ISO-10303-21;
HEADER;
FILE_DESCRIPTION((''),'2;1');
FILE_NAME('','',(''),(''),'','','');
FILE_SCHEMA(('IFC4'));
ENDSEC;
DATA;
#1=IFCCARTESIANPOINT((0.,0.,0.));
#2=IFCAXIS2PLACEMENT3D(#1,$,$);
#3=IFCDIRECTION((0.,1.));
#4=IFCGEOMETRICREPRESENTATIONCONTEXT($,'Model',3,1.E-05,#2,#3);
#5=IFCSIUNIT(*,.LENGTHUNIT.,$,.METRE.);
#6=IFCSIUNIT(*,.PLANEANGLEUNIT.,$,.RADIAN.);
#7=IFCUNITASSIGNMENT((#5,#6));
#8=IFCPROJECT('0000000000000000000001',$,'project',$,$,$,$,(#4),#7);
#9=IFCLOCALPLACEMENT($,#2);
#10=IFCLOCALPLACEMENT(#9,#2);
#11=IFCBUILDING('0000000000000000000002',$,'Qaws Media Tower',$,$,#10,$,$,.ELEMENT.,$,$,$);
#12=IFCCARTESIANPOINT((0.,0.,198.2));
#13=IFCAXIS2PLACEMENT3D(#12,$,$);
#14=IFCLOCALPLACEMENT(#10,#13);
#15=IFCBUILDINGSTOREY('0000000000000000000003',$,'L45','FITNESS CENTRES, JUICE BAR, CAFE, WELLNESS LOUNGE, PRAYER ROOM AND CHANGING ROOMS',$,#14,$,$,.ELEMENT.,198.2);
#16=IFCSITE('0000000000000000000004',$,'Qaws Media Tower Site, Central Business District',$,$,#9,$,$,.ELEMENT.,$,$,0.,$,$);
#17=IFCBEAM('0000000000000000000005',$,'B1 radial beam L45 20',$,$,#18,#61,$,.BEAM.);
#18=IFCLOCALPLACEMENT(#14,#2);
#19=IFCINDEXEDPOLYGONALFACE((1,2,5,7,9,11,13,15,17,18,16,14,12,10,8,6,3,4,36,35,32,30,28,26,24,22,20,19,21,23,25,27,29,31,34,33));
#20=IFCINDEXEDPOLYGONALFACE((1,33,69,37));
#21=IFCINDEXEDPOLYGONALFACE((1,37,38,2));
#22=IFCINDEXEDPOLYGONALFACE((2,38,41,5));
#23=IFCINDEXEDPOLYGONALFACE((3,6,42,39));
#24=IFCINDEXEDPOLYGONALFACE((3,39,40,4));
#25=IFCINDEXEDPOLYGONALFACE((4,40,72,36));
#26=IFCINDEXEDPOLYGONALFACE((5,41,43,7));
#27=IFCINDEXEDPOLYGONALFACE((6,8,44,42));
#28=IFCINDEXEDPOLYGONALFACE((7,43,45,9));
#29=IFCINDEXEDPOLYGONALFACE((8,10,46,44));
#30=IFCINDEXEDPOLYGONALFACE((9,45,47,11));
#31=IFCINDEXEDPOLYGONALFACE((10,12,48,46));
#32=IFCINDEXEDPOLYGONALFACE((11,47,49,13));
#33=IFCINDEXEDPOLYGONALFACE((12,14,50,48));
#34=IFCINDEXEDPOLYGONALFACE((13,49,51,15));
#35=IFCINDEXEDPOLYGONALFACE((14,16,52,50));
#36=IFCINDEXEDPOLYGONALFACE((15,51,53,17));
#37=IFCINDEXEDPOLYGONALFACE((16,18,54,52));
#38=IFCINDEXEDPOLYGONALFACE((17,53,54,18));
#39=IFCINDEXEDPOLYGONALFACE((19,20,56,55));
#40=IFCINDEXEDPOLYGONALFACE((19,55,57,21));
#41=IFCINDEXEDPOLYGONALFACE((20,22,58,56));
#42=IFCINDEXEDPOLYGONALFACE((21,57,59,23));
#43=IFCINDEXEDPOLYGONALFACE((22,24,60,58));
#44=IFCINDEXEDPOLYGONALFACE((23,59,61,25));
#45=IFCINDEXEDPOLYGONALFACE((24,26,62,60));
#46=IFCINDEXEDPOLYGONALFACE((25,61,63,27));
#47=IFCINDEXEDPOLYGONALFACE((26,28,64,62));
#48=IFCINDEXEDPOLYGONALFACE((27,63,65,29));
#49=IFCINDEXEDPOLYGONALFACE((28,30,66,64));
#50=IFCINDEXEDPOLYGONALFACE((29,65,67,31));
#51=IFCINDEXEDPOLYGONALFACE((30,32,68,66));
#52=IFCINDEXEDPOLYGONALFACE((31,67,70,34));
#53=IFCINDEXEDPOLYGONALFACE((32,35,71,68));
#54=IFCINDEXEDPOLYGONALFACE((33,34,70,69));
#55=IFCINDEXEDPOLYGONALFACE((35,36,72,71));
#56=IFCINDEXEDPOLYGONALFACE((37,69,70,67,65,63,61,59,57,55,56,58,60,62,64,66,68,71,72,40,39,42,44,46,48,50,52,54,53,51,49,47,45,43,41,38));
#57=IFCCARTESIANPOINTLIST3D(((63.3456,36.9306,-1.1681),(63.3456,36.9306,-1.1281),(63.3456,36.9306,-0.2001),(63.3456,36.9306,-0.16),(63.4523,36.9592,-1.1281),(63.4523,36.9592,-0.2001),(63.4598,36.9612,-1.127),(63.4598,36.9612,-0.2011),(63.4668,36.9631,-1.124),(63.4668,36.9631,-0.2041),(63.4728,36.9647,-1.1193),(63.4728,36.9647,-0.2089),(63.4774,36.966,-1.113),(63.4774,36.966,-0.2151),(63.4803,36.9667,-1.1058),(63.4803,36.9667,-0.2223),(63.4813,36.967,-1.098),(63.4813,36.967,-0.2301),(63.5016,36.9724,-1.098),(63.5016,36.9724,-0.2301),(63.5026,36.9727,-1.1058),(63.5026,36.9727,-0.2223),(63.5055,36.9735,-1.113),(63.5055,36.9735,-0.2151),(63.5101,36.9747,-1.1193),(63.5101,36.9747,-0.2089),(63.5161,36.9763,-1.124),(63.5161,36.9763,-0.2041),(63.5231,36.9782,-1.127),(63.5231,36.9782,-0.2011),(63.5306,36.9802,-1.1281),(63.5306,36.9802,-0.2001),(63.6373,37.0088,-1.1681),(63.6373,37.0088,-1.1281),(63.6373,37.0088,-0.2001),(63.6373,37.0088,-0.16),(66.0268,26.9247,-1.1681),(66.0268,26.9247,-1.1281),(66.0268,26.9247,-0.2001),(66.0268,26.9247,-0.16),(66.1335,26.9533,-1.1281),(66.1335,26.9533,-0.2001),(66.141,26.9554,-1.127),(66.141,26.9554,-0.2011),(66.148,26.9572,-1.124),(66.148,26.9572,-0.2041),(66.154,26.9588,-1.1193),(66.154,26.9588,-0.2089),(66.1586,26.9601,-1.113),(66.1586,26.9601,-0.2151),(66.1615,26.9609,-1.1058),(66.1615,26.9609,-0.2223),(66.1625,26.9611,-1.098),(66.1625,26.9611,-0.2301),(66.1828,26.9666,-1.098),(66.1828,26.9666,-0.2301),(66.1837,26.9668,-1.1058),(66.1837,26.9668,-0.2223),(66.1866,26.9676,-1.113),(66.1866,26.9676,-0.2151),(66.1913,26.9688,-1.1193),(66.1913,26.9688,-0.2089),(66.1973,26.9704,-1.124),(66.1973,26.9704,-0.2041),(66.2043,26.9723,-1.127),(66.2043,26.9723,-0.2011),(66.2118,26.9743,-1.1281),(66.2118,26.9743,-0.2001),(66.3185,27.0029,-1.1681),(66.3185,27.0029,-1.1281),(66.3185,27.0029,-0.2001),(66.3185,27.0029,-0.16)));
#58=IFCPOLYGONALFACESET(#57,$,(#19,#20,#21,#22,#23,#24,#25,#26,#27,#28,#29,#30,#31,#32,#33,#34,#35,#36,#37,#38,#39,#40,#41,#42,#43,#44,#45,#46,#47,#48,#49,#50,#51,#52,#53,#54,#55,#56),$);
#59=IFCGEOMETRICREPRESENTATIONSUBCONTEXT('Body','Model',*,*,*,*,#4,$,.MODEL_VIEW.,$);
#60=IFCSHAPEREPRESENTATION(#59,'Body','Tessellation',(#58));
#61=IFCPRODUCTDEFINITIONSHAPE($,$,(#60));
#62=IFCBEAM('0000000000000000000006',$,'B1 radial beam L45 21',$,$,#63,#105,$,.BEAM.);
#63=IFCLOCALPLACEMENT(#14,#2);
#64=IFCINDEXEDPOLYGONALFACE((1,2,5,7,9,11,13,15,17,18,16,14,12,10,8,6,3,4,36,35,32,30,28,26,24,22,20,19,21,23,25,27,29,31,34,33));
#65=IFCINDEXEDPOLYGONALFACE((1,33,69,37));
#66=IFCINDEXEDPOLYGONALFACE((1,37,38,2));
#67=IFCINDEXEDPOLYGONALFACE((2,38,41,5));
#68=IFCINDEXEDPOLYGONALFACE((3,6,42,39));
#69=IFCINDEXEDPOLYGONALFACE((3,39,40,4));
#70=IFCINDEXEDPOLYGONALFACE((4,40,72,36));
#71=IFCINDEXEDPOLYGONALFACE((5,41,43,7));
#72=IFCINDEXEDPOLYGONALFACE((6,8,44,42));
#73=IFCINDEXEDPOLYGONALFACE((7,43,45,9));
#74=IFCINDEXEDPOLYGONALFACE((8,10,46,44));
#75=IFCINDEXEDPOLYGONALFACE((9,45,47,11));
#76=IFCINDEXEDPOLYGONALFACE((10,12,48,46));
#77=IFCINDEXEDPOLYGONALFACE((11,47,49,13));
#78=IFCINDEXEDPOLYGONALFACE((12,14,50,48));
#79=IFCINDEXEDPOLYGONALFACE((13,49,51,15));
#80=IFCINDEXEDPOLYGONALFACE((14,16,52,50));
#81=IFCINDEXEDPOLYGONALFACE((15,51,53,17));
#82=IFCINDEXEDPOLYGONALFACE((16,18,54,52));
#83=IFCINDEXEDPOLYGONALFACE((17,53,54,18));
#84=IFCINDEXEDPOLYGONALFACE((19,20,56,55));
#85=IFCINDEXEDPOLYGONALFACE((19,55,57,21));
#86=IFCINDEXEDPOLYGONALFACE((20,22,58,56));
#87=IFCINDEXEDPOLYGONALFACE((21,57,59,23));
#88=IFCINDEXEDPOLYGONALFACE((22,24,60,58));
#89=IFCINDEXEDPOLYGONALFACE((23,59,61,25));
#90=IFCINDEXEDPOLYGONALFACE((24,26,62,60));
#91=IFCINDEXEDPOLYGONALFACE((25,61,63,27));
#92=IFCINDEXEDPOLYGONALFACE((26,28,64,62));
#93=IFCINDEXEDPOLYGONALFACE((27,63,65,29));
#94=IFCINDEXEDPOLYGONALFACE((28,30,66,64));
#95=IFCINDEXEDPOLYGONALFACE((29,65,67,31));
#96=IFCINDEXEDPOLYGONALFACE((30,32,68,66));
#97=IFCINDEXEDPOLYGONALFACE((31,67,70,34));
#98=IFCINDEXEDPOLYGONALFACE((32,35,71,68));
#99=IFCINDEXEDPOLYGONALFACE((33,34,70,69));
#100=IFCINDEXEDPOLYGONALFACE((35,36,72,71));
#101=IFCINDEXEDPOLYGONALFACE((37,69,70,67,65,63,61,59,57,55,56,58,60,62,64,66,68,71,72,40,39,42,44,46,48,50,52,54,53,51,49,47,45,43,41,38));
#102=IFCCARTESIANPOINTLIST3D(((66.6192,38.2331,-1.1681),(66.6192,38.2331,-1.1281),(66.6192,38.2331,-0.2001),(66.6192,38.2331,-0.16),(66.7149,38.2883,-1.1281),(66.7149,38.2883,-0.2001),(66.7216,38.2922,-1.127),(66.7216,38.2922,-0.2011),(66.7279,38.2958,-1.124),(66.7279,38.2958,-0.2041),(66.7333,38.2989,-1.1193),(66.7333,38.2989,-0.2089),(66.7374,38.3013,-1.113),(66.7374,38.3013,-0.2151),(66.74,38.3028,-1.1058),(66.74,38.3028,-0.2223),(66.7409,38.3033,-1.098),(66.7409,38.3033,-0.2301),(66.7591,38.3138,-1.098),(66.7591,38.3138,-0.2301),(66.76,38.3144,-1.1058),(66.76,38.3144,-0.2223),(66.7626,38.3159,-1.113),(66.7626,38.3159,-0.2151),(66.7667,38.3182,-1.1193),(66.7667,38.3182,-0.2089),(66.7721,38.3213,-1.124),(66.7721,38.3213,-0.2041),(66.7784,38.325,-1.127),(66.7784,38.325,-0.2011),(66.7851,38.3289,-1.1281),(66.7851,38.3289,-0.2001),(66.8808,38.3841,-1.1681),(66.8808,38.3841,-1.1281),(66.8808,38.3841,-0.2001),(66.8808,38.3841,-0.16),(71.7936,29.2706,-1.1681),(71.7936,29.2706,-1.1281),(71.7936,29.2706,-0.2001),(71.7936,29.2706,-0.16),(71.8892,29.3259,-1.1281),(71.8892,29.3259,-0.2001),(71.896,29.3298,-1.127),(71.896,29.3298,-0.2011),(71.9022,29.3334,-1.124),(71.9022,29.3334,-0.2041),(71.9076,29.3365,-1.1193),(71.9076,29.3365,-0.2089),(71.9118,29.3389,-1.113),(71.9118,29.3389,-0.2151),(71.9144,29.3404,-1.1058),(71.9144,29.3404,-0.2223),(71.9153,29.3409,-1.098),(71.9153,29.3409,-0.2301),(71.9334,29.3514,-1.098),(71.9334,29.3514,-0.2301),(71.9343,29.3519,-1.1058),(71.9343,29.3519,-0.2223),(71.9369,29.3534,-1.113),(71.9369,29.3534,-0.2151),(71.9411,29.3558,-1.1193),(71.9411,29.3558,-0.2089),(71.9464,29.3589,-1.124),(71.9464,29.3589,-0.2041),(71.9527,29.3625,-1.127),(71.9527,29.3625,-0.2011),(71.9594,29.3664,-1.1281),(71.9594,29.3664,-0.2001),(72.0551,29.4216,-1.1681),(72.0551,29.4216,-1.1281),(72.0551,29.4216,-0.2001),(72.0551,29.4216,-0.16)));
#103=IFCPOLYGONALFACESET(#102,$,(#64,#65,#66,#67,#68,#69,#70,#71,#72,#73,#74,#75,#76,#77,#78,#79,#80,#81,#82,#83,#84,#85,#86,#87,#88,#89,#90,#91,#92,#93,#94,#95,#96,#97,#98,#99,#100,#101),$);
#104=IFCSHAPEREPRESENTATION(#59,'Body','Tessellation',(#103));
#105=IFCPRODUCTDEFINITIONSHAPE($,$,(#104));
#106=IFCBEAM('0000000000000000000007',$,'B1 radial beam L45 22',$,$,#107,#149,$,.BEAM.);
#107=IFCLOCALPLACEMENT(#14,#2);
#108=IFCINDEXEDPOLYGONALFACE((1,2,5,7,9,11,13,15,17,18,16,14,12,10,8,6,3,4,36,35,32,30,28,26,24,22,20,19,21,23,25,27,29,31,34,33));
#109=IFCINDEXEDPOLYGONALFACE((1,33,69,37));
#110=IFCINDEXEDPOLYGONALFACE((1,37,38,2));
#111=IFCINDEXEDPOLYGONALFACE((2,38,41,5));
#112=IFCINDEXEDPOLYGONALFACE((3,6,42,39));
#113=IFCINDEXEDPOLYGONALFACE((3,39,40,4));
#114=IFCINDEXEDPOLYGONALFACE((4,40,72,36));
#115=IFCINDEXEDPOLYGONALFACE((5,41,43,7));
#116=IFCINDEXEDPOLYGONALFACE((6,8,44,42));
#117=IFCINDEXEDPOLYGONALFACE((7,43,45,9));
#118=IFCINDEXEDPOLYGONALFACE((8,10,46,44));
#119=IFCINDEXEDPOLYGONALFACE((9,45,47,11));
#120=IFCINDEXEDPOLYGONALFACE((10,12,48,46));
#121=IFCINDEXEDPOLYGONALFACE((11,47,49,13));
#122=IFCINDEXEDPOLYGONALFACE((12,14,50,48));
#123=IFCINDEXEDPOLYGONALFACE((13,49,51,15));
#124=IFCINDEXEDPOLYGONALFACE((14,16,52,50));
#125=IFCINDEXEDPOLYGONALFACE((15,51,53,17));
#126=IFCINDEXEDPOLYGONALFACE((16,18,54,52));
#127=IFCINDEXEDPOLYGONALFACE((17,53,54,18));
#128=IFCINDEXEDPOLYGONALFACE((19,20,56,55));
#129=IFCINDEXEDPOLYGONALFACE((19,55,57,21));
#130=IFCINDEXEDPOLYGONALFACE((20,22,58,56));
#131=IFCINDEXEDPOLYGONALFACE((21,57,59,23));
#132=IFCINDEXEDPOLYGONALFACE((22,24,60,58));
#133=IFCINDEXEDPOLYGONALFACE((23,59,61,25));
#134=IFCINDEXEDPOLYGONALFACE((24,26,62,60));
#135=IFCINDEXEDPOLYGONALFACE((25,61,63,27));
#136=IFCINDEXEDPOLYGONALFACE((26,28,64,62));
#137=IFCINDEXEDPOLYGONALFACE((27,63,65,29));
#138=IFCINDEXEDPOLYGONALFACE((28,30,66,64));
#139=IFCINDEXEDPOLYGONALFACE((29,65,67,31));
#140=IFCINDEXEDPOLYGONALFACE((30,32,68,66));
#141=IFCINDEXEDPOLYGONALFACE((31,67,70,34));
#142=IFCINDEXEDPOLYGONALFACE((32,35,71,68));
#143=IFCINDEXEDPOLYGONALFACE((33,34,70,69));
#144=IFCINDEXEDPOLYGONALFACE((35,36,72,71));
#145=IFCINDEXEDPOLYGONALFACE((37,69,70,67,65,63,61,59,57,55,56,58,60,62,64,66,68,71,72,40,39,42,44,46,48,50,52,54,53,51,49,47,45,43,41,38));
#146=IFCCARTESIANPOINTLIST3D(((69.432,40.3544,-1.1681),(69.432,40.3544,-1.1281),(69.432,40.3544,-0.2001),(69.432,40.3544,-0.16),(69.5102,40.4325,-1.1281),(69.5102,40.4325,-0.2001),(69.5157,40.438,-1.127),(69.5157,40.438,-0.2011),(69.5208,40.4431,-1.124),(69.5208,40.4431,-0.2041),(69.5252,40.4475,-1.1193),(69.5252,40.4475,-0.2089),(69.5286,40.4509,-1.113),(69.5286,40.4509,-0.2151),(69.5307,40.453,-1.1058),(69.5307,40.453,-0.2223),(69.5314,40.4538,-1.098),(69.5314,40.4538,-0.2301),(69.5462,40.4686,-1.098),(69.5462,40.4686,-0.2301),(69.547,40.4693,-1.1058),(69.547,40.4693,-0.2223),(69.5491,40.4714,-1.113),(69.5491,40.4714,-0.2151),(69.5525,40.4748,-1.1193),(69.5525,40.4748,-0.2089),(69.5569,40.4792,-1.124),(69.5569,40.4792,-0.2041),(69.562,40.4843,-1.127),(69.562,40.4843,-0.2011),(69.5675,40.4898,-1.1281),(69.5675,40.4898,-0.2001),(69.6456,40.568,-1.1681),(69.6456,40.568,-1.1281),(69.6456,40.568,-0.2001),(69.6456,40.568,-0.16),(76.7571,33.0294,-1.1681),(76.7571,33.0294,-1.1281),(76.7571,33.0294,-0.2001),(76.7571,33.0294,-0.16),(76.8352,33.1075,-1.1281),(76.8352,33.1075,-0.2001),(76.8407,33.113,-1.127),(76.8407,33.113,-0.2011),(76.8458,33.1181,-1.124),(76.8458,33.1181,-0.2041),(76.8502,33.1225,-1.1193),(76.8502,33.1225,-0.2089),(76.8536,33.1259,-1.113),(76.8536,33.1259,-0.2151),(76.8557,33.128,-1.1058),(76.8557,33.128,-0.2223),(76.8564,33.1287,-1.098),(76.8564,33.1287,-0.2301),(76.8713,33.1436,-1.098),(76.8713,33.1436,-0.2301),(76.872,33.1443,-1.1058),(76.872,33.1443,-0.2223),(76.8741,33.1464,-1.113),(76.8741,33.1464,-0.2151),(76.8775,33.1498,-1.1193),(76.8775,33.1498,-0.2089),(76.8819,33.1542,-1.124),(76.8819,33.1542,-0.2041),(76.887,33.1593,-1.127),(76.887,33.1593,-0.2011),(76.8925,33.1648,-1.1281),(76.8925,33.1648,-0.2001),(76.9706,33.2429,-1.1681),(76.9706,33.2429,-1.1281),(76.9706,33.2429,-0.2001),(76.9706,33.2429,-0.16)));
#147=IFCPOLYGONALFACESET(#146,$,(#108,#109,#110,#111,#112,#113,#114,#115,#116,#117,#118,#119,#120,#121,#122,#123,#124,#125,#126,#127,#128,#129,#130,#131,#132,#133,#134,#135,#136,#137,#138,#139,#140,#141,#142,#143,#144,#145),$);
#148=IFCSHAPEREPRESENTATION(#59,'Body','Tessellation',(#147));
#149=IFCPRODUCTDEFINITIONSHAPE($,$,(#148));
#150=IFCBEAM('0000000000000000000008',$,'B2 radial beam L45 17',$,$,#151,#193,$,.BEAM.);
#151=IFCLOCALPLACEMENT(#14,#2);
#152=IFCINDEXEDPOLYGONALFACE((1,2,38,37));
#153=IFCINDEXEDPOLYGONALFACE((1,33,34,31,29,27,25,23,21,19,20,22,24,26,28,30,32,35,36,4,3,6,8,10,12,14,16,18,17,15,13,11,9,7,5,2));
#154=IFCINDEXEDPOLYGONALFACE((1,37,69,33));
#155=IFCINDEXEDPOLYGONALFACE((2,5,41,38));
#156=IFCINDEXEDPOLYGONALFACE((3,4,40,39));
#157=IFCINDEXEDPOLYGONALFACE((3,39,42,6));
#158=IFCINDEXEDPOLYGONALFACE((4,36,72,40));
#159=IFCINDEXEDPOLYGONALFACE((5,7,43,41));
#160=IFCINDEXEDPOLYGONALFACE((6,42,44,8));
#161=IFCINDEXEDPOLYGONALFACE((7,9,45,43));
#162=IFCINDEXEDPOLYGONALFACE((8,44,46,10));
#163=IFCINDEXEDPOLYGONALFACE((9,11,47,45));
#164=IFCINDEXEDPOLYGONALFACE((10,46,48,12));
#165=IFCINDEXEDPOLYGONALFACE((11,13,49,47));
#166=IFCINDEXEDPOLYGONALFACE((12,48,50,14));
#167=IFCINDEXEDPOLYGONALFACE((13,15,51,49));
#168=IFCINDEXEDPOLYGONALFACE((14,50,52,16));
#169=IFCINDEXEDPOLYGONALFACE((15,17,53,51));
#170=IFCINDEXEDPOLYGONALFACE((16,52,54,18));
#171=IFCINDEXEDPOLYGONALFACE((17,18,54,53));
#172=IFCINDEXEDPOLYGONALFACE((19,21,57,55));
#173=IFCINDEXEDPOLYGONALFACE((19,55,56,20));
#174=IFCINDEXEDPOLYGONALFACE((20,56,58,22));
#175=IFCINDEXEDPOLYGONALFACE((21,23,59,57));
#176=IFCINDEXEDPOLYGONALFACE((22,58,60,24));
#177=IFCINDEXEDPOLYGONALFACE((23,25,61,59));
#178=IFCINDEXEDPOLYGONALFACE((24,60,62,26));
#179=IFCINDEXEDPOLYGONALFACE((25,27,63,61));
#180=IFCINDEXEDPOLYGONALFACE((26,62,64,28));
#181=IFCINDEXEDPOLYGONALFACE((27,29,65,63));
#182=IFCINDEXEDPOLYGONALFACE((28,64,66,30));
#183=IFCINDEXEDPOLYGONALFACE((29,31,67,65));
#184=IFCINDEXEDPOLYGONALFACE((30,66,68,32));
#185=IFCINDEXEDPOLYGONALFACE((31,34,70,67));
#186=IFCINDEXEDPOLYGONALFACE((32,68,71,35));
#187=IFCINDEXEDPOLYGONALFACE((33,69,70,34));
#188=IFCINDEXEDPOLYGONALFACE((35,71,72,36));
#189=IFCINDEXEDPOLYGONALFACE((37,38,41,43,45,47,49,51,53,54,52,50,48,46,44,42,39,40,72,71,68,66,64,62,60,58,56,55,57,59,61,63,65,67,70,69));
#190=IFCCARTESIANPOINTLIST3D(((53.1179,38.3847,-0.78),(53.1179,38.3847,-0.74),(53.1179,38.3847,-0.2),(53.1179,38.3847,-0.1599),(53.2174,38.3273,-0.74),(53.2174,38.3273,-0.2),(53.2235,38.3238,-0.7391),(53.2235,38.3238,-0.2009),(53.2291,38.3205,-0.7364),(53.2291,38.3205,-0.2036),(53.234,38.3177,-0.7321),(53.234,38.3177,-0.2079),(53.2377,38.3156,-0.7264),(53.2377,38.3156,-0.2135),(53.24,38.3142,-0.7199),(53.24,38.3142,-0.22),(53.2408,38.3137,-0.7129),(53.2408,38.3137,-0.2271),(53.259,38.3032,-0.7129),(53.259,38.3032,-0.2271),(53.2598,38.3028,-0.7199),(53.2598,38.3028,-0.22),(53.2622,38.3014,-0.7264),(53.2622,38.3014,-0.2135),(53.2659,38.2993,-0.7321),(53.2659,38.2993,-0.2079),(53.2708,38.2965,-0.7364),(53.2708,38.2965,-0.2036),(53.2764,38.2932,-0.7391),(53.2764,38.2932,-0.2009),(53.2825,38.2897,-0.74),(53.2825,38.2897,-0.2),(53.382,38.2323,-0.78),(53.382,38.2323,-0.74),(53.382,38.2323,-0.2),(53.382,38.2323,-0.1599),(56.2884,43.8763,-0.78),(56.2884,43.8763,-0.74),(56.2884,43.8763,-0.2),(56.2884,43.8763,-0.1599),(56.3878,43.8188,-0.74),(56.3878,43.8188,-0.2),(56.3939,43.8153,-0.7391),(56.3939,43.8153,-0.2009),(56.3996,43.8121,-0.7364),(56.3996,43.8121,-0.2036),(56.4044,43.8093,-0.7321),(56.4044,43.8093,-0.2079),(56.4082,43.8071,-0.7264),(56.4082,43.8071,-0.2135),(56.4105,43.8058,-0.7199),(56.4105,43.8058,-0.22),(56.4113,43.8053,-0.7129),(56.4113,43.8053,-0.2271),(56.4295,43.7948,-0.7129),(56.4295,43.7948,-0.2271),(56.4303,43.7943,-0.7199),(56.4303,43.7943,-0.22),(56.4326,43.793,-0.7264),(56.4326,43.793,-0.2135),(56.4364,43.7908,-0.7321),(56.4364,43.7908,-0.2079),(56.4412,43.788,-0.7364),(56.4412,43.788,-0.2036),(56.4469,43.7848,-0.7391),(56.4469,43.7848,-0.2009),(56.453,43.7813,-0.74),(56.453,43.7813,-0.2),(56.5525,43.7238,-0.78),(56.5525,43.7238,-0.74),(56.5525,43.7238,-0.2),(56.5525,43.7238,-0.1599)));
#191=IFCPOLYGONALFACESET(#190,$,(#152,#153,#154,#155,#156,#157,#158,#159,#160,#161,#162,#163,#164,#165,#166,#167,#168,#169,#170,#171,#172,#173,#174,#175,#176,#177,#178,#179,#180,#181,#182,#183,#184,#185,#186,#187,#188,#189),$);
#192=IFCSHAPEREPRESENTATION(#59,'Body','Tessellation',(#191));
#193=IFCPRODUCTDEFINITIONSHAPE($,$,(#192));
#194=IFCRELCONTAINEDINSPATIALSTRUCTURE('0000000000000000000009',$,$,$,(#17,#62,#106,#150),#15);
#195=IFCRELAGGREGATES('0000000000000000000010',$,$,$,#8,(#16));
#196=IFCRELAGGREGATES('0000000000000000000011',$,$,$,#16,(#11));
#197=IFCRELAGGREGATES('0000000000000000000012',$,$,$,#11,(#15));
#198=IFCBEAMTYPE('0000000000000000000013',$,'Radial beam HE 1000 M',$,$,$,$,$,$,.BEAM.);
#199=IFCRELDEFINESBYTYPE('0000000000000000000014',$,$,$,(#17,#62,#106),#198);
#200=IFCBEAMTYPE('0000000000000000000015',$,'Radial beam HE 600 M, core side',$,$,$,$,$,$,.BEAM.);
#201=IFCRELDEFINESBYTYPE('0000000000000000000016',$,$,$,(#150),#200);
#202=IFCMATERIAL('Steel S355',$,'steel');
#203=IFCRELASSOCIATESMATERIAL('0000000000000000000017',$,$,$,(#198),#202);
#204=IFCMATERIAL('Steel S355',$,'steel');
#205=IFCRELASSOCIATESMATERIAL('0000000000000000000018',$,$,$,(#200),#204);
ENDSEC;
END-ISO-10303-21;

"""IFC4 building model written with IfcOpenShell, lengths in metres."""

from ifc_helpers import new_model, si_unit, direction, frame, origin, origin_2d, place, context, subcontext, project, spatial, i_section, extrude, material, material_profile, profile_set, type_object, element, save


model = new_model("IFC4")

# Units and contexts
model_context = context("Model", 3, precision=1e-05, world=origin(), true_north=direction((0.0, 1.0)))
body_context = subcontext(model_context, "Body", "Model", "MODEL_VIEW")
ifc_project = project(units=[si_unit("LENGTHUNIT", "METRE"), si_unit("PLANEANGLEUNIT", "RADIAN")], contexts=[model_context])

# Site, building, storey
site_placement = place(None, origin())
site = spatial("IfcSite", under=ifc_project, at=site_placement, Name="Qaws Media Tower Site, Central Business District", CompositionType="ELEMENT", RefElevation=0.0)
building_placement = place(site_placement, origin())
building = spatial("IfcBuilding", under=site, at=building_placement, Name="Qaws Media Tower", CompositionType="ELEMENT")
storey_placement = place(building_placement, frame((0.0, 0.0, 198.2)))
storey = spatial("IfcBuildingStorey", under=building, at=storey_placement, Name="L45", Description="FITNESS CENTRES, JUICE BAR, CAFE, WELLNESS LOUNGE, PRAYER ROOM AND CHANGING ROOMS", CompositionType="ELEMENT", Elevation=198.2)

# Beams
ifc_material_1 = material(Name="Steel S355", Category="steel")
ifc_material_profile_1 = material_profile(ifc_material_1, i_section(OverallWidth=0.302, OverallDepth=1.0081, WebThickness=0.021, FlangeThickness=0.04, FilletRadius=0.03, at=origin_2d()), Name="HE 1000 M")
ifc_profile_set_1 = profile_set([ifc_material_profile_1], Name="Steel S355")
beam_type_1 = type_object("IfcBeamType", Name="Radial beam HE 1000 M", PredefinedType="BEAM", material=ifc_profile_set_1)
beam_1_placement = place(storey_placement, frame((63.4915, 36.9697, -0.6641), z_axis=(0.258827, -0.965924, 0.0), x_axis=(0.965924, 0.258827, 0.0)))
element("IfcBeam", 1, at=beam_1_placement, inside=storey, type_object=beam_type_1, Name="B1 radial beam L45 20", PredefinedType="BEAM", context=body_context, shape_type="SweptSolid", body=[
    extrude(i_section(OverallWidth=0.302, OverallDepth=1.0081, WebThickness=0.021, FlangeThickness=0.04, FilletRadius=0.03, at=origin_2d()), origin(), (0.0, 0.0, 1.0), 10.3589),
])
beam_2_placement = place(storey_placement, frame((66.75, 38.3086, -0.6641), z_axis=(0.499991, -0.866031, 0.0), x_axis=(0.866031, 0.499991, 0.0)))
element("IfcBeam", 2, at=beam_2_placement, inside=storey, type_object=beam_type_1, Name="B1 radial beam L45 21", PredefinedType="BEAM", context=body_context, shape_type="SweptSolid", body=[
    extrude(i_section(OverallWidth=0.302, OverallDepth=1.0081, WebThickness=0.021, FlangeThickness=0.04, FilletRadius=0.03, at=origin_2d()), origin(), (0.0, 0.0, 1.0), 10.3489),
])
beam_3_placement = place(storey_placement, frame((69.5388, 40.4612, -0.6641), z_axis=(0.707107, -0.707107, 0.0), x_axis=(0.707107, 0.707107, 0.0)))
element("IfcBeam", 3, at=beam_3_placement, inside=storey, type_object=beam_type_1, Name="B1 radial beam L45 22", PredefinedType="BEAM", context=body_context, shape_type="SweptSolid", body=[
    extrude(i_section(OverallWidth=0.302, OverallDepth=1.0081, WebThickness=0.021, FlangeThickness=0.04, FilletRadius=0.03, at=origin_2d()), origin(), (0.0, 0.0, 1.0), 10.3591),
])
ifc_material_2 = material(Name="Steel S355", Category="steel")
ifc_material_profile_2 = material_profile(ifc_material_2, i_section(OverallWidth=0.3049, OverallDepth=0.6201, WebThickness=0.021, FlangeThickness=0.04, FilletRadius=0.0271, at=origin_2d()), Name="HE 600 M")
ifc_profile_set_2 = profile_set([ifc_material_profile_2], Name="Steel S355")
beam_type_2 = type_object("IfcBeamType", Name="Radial beam HE 600 M, core side", PredefinedType="BEAM", material=ifc_profile_set_2)
beam_4_placement = place(storey_placement, frame((56.4204, 43.8, -0.47), z_axis=(-0.49999, -0.866031, 0.0), x_axis=(0.866031, -0.49999, 0.0)))
element("IfcBeam", 4, at=beam_4_placement, inside=storey, type_object=beam_type_2, Name="B2 radial beam L45 17", PredefinedType="BEAM", context=body_context, shape_type="SweptSolid", body=[
    extrude(i_section(OverallWidth=0.3049, OverallDepth=0.6201, WebThickness=0.021, FlangeThickness=0.04, FilletRadius=0.0271, at=origin_2d()), origin(), (0.0, 0.0, 1.0), 6.3411),
])

save(model, "model.ifc")
